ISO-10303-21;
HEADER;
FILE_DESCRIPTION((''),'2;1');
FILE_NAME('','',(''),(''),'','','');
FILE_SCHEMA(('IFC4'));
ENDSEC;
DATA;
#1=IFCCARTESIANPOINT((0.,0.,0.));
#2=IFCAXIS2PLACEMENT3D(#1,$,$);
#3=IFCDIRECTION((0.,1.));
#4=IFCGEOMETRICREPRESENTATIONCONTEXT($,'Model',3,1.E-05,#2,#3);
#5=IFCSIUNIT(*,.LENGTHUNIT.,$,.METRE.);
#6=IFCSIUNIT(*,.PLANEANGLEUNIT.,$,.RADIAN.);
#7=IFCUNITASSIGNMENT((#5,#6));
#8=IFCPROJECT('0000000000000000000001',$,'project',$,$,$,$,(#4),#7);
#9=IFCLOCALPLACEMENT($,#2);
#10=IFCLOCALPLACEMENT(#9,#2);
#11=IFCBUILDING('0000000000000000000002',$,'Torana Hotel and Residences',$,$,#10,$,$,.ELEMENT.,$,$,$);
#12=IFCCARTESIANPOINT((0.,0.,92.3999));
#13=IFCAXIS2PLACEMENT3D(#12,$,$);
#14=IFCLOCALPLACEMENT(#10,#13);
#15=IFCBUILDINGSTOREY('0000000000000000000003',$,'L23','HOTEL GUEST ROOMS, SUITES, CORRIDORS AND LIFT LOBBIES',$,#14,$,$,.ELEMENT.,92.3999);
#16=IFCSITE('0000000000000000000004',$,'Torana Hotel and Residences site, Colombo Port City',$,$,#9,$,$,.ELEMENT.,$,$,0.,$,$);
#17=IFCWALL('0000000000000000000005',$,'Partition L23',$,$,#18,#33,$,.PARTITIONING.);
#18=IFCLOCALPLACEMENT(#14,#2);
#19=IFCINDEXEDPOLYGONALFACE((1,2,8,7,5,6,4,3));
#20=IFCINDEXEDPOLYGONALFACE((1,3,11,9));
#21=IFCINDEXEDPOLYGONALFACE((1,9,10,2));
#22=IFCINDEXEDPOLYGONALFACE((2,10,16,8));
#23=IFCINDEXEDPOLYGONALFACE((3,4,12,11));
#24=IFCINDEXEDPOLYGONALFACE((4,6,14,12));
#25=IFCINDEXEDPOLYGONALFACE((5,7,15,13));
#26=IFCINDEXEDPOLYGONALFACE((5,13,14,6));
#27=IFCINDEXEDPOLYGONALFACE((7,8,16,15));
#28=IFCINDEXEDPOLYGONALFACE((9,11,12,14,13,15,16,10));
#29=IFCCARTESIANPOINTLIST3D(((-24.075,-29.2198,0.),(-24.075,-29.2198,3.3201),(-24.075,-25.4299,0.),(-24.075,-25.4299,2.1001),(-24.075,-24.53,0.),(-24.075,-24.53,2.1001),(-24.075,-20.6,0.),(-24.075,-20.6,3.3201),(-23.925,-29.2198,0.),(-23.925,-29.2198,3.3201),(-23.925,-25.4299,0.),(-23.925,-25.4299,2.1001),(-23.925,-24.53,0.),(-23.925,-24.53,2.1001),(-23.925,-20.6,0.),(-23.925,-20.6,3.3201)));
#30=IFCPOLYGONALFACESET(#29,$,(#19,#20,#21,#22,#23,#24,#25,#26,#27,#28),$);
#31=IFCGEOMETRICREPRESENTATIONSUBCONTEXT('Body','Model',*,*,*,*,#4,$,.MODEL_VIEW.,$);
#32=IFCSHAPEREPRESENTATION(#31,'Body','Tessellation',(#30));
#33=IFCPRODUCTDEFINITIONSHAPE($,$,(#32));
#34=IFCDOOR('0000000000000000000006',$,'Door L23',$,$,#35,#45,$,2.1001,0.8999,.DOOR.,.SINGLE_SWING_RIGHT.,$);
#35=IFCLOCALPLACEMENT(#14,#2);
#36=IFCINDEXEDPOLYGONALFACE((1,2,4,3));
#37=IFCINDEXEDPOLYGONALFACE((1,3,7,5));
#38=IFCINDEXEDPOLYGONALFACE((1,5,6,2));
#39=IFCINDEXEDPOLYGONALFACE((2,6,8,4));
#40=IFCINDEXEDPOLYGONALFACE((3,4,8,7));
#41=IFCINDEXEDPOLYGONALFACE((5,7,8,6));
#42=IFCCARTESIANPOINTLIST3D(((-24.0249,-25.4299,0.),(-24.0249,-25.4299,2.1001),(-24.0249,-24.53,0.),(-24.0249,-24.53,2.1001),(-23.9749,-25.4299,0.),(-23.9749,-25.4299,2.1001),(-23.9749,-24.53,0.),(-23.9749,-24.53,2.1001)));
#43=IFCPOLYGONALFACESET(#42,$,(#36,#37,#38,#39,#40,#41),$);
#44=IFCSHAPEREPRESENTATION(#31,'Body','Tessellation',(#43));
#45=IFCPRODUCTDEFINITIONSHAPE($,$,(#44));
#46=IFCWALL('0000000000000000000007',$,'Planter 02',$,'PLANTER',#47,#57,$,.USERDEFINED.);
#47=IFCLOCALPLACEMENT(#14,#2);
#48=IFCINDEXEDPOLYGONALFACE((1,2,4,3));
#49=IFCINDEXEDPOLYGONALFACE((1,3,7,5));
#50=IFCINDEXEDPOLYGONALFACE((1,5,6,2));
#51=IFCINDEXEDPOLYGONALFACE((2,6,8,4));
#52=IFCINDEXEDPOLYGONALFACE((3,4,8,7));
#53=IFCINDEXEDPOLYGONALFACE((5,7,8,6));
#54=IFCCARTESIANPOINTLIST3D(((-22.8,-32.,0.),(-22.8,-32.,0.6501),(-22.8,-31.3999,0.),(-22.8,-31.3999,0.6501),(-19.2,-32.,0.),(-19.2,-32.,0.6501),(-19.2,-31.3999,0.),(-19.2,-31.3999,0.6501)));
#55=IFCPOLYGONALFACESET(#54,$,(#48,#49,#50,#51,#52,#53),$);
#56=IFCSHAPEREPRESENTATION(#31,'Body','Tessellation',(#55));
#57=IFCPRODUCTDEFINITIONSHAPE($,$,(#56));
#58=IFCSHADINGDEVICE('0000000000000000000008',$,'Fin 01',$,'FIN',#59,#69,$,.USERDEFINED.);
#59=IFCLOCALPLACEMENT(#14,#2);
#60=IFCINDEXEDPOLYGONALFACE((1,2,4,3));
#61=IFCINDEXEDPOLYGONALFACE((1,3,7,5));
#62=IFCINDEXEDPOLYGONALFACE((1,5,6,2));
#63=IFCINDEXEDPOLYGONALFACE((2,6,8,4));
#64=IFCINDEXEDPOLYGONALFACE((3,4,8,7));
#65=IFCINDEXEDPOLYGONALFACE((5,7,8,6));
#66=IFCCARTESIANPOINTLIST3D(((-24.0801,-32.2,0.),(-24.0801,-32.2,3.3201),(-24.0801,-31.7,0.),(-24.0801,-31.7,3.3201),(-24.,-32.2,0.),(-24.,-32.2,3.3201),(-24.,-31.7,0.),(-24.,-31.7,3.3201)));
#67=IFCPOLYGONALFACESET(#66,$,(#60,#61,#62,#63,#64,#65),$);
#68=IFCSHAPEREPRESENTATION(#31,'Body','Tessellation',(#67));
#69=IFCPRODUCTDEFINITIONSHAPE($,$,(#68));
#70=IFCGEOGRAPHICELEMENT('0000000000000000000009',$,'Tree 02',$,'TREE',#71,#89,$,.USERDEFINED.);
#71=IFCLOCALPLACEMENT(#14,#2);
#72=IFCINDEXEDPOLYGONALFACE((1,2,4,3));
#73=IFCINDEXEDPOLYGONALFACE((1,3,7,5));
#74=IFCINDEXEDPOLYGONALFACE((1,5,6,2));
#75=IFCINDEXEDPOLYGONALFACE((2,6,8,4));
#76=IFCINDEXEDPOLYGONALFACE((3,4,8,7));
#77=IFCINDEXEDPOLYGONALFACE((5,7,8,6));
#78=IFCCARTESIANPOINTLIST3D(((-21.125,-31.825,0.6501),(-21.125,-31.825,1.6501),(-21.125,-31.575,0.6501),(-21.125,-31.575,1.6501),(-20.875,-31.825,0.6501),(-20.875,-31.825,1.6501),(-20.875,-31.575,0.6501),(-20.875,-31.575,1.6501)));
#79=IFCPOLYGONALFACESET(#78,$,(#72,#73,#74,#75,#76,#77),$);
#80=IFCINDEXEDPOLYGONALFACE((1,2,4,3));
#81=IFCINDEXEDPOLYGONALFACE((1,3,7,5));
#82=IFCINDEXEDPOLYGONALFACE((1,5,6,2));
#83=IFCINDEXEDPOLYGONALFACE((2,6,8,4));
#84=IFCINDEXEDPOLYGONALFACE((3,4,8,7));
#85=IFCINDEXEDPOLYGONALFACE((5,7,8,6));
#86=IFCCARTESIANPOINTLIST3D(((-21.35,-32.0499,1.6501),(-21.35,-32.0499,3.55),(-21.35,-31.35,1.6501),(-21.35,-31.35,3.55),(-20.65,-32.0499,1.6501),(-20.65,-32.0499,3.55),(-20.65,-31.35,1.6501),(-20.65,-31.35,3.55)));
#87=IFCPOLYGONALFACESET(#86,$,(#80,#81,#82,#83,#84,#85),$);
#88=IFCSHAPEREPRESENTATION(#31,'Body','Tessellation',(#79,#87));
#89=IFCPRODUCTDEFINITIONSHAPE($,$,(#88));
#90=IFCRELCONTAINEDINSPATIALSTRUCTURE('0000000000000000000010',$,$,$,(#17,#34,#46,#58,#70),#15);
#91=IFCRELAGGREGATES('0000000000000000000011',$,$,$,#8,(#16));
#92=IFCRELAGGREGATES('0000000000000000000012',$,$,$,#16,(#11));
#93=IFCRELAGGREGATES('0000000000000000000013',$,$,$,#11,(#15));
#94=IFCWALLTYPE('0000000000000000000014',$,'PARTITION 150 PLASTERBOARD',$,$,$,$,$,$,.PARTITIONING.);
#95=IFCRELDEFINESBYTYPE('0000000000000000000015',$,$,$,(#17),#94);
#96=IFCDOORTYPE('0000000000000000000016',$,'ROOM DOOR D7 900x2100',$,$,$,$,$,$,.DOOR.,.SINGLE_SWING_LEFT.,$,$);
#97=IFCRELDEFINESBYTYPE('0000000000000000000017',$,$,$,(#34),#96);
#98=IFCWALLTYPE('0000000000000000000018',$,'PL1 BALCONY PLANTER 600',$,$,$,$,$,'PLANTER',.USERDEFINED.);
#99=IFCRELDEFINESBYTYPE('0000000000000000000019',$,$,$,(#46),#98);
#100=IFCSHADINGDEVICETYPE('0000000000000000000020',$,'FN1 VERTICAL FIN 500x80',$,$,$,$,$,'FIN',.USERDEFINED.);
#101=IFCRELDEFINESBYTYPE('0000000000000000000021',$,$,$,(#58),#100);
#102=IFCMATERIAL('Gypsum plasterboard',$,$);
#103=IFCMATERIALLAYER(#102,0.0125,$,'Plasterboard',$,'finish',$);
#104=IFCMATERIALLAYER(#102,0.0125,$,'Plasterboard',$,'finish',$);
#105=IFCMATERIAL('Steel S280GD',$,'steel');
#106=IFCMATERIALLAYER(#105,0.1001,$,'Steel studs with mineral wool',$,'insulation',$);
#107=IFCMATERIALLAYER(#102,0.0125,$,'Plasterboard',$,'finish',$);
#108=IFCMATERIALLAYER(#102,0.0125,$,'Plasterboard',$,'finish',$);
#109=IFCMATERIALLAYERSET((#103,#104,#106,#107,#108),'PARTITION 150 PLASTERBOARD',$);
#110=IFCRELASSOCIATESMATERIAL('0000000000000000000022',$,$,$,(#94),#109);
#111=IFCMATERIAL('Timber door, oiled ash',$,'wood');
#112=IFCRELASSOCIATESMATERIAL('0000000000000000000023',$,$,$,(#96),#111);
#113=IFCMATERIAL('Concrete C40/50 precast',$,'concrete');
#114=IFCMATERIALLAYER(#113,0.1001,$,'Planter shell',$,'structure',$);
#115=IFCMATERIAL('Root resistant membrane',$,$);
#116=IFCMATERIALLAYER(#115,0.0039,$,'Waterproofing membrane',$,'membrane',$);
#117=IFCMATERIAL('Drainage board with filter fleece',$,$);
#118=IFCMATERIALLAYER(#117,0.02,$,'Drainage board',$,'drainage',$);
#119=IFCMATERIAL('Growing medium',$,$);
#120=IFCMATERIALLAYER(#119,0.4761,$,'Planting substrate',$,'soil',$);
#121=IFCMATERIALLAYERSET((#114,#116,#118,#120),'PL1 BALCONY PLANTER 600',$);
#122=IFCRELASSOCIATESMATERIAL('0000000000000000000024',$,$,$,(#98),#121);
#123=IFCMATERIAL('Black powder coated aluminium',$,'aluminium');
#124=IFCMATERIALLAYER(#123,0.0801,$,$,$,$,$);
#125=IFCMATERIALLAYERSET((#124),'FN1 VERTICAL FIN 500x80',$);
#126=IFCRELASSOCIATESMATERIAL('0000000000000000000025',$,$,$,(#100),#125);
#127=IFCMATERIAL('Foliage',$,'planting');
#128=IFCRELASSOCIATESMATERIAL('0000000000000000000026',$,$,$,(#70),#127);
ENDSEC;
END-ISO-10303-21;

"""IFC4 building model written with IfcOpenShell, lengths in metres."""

from ifc_helpers import new_model, si_unit, direction, frame, frame_2d, origin, origin_2d, place, context, subcontext, project, spatial, rectangle, extrude, material, layer, layer_set, type_object, element, fill, save


model = new_model("IFC4")

# Units and contexts
model_context = context("Model", 3, precision=1e-05, world=origin(), true_north=direction((0.0, 1.0)))
body_context = subcontext(model_context, "Body", "Model", "MODEL_VIEW")
ifc_project = project(units=[si_unit("LENGTHUNIT", "METRE"), si_unit("PLANEANGLEUNIT", "RADIAN")], contexts=[model_context])

# Site, building, storey
site_placement = place(None, origin())
site = spatial("IfcSite", under=ifc_project, at=site_placement, Name="Torana Hotel and Residences site, Colombo Port City", CompositionType="ELEMENT", RefElevation=0.0)
building_placement = place(site_placement, origin())
building = spatial("IfcBuilding", under=site, at=building_placement, Name="Torana Hotel and Residences", CompositionType="ELEMENT")
storey_placement = place(building_placement, frame((0.0, 0.0, 92.3999)))
storey = spatial("IfcBuildingStorey", under=building, at=storey_placement, Name="L23", Description="HOTEL GUEST ROOMS, SUITES, CORRIDORS AND LIFT LOBBIES", CompositionType="ELEMENT", Elevation=92.3999)

# Wall, opening, door
ifc_material_1 = material(Name="Gypsum plasterboard")
ifc_layer_1 = layer(ifc_material_1, 0.0125, Name="Plasterboard", Category="finish")
ifc_layer_2 = layer(ifc_material_1, 0.0125, Name="Plasterboard", Category="finish")
ifc_material_2 = material(Name="Steel S280GD", Category="steel")
ifc_layer_3 = layer(ifc_material_2, 0.1001, Name="Steel studs with mineral wool", Category="insulation")
ifc_layer_4 = layer(ifc_material_1, 0.0125, Name="Plasterboard", Category="finish")
ifc_layer_5 = layer(ifc_material_1, 0.0125, Name="Plasterboard", Category="finish")
ifc_layer_set_1 = layer_set([ifc_layer_1, ifc_layer_2, ifc_layer_3, ifc_layer_4, ifc_layer_5], Name="PARTITION 150 PLASTERBOARD")
wall_type_1 = type_object("IfcWallType", Name="PARTITION 150 PLASTERBOARD", PredefinedType="PARTITIONING", material=ifc_layer_set_1)
wall_1_placement = place(storey_placement, frame((-24.0, -29.22, 0.0), z_axis=(0.0, 0.0, 1.0), x_axis=(0.0, 1.0, 0.0)))
wall_1 = element("IfcWall", 1, at=wall_1_placement, inside=storey, type_object=wall_type_1, Name="Partition L23", PredefinedType="PARTITIONING", context=body_context, shape_type="SweptSolid", body=[
    extrude(rectangle(XDim=8.6199, YDim=0.1499, at=frame_2d((4.3101, 0.0))), origin(), (0.0, 0.0, 1.0), 3.3201),
])
opening_placement = place(wall_1_placement, frame((3.79, 0.0, 0.0)))
opening = element("IfcOpeningElement", 2, at=opening_placement, cuts=wall_1, PredefinedType="OPENING", context=body_context, shape_type="SweptSolid", body=[
    extrude(rectangle(XDim=0.8999, YDim=2.1001, at=frame_2d((0.45, 1.05))), frame((0.0, 0.085, 0.0), z_axis=(0.0, -1.0, 0.0), x_axis=(1.0, 0.0, 0.0)), (0.0, 0.0, 1.0), 0.1699),
])
ifc_material_3 = material(Name="Timber door, oiled ash", Category="wood")
door_type = type_object("IfcDoorType", Name="ROOM DOOR D7 900x2100", OperationType="SINGLE_SWING_LEFT", PredefinedType="DOOR", material=ifc_material_3)
door_placement = place(opening_placement, origin())
door = element("IfcDoor", 3, at=door_placement, inside=storey, type_object=door_type, Name="Door L23", OperationType="SINGLE_SWING_RIGHT", OverallHeight=2.1001, OverallWidth=0.8999, PredefinedType="DOOR", context=body_context, shape_type="SweptSolid", body=[
    extrude(rectangle(XDim=0.8999, YDim=2.1001, at=frame_2d((0.45, 1.05))), frame((0.0, 0.0249, 0.0), z_axis=(0.0, -1.0, 0.0), x_axis=(1.0, 0.0, 0.0)), (0.0, 0.0, 1.0), 0.05),
])
fill(opening, door)

# Wall
ifc_material_4 = material(Name="Concrete C40/50 precast", Category="concrete")
ifc_layer_6 = layer(ifc_material_4, 0.1001, Name="Planter shell", Category="structure")
ifc_material_5 = material(Name="Root resistant membrane")
ifc_layer_7 = layer(ifc_material_5, 0.0039, Name="Waterproofing membrane", Category="membrane")
ifc_material_6 = material(Name="Drainage board with filter fleece")
ifc_layer_8 = layer(ifc_material_6, 0.02, Name="Drainage board", Category="drainage")
ifc_material_7 = material(Name="Growing medium")
ifc_layer_9 = layer(ifc_material_7, 0.4761, Name="Planting substrate", Category="soil")
ifc_layer_set_2 = layer_set([ifc_layer_6, ifc_layer_7, ifc_layer_8, ifc_layer_9], Name="PL1 BALCONY PLANTER 600")
wall_type_2 = type_object("IfcWallType", Name="PL1 BALCONY PLANTER 600", ElementType="PLANTER", PredefinedType="USERDEFINED", material=ifc_layer_set_2)
wall_2_placement = place(storey_placement, frame((-19.2, -31.7, 0.0), z_axis=(0.0, 0.0, 1.0), x_axis=(-1.0, 0.0, 0.0)))
element("IfcWall", 4, at=wall_2_placement, inside=storey, type_object=wall_type_2, Name="Planter 02", ObjectType="PLANTER", PredefinedType="USERDEFINED", context=body_context, shape_type="SweptSolid", body=[
    extrude(rectangle(XDim=3.6001, YDim=0.6001, at=frame_2d((1.8, 0.0))), origin(), (0.0, 0.0, 1.0), 0.6501),
])

# Shading device
ifc_material_8 = material(Name="Black powder coated aluminium", Category="aluminium")
ifc_layer_10 = layer(ifc_material_8, 0.0801)
ifc_layer_set_3 = layer_set([ifc_layer_10], Name="FN1 VERTICAL FIN 500x80")
shading_device_type = type_object("IfcShadingDeviceType", Name="FN1 VERTICAL FIN 500x80", ElementType="FIN", PredefinedType="USERDEFINED", material=ifc_layer_set_3)
shading_device_placement = place(storey_placement, frame((-24.04, -31.95, 0.0), z_axis=(0.0, 0.0, 1.0), x_axis=(-1.0, 0.0, 0.0)))
element("IfcShadingDevice", 5, at=shading_device_placement, inside=storey, type_object=shading_device_type, Name="Fin 01", ObjectType="FIN", PredefinedType="USERDEFINED", context=body_context, shape_type="SweptSolid", body=[
    extrude(rectangle(XDim=0.0801, YDim=0.5, at=origin_2d()), origin(), (0.0, 0.0, 1.0), 3.3201),
])

# Geographic element
ifc_material_9 = material(Name="Foliage", Category="planting")
geographic_element_placement = place(storey_placement, frame((-21.0, -31.7, 0.6501), z_axis=(0.0, 0.0, 1.0), x_axis=(1.0, 0.0, 0.0)))
element("IfcGeographicElement", 6, at=geographic_element_placement, inside=storey, material=ifc_material_9, Name="Tree 02", ObjectType="TREE", PredefinedType="USERDEFINED", context=body_context, shape_type="SweptSolid", body=[
    extrude(rectangle(XDim=0.25, YDim=0.25, at=origin_2d()), origin(), (0.0, 0.0, 1.0), 1.0),
    extrude(rectangle(XDim=0.7, YDim=0.7, at=origin_2d()), frame((0.0, 0.0, 1.0)), (0.0, 0.0, 1.0), 1.8999),
])

save(model, "model.ifc")
